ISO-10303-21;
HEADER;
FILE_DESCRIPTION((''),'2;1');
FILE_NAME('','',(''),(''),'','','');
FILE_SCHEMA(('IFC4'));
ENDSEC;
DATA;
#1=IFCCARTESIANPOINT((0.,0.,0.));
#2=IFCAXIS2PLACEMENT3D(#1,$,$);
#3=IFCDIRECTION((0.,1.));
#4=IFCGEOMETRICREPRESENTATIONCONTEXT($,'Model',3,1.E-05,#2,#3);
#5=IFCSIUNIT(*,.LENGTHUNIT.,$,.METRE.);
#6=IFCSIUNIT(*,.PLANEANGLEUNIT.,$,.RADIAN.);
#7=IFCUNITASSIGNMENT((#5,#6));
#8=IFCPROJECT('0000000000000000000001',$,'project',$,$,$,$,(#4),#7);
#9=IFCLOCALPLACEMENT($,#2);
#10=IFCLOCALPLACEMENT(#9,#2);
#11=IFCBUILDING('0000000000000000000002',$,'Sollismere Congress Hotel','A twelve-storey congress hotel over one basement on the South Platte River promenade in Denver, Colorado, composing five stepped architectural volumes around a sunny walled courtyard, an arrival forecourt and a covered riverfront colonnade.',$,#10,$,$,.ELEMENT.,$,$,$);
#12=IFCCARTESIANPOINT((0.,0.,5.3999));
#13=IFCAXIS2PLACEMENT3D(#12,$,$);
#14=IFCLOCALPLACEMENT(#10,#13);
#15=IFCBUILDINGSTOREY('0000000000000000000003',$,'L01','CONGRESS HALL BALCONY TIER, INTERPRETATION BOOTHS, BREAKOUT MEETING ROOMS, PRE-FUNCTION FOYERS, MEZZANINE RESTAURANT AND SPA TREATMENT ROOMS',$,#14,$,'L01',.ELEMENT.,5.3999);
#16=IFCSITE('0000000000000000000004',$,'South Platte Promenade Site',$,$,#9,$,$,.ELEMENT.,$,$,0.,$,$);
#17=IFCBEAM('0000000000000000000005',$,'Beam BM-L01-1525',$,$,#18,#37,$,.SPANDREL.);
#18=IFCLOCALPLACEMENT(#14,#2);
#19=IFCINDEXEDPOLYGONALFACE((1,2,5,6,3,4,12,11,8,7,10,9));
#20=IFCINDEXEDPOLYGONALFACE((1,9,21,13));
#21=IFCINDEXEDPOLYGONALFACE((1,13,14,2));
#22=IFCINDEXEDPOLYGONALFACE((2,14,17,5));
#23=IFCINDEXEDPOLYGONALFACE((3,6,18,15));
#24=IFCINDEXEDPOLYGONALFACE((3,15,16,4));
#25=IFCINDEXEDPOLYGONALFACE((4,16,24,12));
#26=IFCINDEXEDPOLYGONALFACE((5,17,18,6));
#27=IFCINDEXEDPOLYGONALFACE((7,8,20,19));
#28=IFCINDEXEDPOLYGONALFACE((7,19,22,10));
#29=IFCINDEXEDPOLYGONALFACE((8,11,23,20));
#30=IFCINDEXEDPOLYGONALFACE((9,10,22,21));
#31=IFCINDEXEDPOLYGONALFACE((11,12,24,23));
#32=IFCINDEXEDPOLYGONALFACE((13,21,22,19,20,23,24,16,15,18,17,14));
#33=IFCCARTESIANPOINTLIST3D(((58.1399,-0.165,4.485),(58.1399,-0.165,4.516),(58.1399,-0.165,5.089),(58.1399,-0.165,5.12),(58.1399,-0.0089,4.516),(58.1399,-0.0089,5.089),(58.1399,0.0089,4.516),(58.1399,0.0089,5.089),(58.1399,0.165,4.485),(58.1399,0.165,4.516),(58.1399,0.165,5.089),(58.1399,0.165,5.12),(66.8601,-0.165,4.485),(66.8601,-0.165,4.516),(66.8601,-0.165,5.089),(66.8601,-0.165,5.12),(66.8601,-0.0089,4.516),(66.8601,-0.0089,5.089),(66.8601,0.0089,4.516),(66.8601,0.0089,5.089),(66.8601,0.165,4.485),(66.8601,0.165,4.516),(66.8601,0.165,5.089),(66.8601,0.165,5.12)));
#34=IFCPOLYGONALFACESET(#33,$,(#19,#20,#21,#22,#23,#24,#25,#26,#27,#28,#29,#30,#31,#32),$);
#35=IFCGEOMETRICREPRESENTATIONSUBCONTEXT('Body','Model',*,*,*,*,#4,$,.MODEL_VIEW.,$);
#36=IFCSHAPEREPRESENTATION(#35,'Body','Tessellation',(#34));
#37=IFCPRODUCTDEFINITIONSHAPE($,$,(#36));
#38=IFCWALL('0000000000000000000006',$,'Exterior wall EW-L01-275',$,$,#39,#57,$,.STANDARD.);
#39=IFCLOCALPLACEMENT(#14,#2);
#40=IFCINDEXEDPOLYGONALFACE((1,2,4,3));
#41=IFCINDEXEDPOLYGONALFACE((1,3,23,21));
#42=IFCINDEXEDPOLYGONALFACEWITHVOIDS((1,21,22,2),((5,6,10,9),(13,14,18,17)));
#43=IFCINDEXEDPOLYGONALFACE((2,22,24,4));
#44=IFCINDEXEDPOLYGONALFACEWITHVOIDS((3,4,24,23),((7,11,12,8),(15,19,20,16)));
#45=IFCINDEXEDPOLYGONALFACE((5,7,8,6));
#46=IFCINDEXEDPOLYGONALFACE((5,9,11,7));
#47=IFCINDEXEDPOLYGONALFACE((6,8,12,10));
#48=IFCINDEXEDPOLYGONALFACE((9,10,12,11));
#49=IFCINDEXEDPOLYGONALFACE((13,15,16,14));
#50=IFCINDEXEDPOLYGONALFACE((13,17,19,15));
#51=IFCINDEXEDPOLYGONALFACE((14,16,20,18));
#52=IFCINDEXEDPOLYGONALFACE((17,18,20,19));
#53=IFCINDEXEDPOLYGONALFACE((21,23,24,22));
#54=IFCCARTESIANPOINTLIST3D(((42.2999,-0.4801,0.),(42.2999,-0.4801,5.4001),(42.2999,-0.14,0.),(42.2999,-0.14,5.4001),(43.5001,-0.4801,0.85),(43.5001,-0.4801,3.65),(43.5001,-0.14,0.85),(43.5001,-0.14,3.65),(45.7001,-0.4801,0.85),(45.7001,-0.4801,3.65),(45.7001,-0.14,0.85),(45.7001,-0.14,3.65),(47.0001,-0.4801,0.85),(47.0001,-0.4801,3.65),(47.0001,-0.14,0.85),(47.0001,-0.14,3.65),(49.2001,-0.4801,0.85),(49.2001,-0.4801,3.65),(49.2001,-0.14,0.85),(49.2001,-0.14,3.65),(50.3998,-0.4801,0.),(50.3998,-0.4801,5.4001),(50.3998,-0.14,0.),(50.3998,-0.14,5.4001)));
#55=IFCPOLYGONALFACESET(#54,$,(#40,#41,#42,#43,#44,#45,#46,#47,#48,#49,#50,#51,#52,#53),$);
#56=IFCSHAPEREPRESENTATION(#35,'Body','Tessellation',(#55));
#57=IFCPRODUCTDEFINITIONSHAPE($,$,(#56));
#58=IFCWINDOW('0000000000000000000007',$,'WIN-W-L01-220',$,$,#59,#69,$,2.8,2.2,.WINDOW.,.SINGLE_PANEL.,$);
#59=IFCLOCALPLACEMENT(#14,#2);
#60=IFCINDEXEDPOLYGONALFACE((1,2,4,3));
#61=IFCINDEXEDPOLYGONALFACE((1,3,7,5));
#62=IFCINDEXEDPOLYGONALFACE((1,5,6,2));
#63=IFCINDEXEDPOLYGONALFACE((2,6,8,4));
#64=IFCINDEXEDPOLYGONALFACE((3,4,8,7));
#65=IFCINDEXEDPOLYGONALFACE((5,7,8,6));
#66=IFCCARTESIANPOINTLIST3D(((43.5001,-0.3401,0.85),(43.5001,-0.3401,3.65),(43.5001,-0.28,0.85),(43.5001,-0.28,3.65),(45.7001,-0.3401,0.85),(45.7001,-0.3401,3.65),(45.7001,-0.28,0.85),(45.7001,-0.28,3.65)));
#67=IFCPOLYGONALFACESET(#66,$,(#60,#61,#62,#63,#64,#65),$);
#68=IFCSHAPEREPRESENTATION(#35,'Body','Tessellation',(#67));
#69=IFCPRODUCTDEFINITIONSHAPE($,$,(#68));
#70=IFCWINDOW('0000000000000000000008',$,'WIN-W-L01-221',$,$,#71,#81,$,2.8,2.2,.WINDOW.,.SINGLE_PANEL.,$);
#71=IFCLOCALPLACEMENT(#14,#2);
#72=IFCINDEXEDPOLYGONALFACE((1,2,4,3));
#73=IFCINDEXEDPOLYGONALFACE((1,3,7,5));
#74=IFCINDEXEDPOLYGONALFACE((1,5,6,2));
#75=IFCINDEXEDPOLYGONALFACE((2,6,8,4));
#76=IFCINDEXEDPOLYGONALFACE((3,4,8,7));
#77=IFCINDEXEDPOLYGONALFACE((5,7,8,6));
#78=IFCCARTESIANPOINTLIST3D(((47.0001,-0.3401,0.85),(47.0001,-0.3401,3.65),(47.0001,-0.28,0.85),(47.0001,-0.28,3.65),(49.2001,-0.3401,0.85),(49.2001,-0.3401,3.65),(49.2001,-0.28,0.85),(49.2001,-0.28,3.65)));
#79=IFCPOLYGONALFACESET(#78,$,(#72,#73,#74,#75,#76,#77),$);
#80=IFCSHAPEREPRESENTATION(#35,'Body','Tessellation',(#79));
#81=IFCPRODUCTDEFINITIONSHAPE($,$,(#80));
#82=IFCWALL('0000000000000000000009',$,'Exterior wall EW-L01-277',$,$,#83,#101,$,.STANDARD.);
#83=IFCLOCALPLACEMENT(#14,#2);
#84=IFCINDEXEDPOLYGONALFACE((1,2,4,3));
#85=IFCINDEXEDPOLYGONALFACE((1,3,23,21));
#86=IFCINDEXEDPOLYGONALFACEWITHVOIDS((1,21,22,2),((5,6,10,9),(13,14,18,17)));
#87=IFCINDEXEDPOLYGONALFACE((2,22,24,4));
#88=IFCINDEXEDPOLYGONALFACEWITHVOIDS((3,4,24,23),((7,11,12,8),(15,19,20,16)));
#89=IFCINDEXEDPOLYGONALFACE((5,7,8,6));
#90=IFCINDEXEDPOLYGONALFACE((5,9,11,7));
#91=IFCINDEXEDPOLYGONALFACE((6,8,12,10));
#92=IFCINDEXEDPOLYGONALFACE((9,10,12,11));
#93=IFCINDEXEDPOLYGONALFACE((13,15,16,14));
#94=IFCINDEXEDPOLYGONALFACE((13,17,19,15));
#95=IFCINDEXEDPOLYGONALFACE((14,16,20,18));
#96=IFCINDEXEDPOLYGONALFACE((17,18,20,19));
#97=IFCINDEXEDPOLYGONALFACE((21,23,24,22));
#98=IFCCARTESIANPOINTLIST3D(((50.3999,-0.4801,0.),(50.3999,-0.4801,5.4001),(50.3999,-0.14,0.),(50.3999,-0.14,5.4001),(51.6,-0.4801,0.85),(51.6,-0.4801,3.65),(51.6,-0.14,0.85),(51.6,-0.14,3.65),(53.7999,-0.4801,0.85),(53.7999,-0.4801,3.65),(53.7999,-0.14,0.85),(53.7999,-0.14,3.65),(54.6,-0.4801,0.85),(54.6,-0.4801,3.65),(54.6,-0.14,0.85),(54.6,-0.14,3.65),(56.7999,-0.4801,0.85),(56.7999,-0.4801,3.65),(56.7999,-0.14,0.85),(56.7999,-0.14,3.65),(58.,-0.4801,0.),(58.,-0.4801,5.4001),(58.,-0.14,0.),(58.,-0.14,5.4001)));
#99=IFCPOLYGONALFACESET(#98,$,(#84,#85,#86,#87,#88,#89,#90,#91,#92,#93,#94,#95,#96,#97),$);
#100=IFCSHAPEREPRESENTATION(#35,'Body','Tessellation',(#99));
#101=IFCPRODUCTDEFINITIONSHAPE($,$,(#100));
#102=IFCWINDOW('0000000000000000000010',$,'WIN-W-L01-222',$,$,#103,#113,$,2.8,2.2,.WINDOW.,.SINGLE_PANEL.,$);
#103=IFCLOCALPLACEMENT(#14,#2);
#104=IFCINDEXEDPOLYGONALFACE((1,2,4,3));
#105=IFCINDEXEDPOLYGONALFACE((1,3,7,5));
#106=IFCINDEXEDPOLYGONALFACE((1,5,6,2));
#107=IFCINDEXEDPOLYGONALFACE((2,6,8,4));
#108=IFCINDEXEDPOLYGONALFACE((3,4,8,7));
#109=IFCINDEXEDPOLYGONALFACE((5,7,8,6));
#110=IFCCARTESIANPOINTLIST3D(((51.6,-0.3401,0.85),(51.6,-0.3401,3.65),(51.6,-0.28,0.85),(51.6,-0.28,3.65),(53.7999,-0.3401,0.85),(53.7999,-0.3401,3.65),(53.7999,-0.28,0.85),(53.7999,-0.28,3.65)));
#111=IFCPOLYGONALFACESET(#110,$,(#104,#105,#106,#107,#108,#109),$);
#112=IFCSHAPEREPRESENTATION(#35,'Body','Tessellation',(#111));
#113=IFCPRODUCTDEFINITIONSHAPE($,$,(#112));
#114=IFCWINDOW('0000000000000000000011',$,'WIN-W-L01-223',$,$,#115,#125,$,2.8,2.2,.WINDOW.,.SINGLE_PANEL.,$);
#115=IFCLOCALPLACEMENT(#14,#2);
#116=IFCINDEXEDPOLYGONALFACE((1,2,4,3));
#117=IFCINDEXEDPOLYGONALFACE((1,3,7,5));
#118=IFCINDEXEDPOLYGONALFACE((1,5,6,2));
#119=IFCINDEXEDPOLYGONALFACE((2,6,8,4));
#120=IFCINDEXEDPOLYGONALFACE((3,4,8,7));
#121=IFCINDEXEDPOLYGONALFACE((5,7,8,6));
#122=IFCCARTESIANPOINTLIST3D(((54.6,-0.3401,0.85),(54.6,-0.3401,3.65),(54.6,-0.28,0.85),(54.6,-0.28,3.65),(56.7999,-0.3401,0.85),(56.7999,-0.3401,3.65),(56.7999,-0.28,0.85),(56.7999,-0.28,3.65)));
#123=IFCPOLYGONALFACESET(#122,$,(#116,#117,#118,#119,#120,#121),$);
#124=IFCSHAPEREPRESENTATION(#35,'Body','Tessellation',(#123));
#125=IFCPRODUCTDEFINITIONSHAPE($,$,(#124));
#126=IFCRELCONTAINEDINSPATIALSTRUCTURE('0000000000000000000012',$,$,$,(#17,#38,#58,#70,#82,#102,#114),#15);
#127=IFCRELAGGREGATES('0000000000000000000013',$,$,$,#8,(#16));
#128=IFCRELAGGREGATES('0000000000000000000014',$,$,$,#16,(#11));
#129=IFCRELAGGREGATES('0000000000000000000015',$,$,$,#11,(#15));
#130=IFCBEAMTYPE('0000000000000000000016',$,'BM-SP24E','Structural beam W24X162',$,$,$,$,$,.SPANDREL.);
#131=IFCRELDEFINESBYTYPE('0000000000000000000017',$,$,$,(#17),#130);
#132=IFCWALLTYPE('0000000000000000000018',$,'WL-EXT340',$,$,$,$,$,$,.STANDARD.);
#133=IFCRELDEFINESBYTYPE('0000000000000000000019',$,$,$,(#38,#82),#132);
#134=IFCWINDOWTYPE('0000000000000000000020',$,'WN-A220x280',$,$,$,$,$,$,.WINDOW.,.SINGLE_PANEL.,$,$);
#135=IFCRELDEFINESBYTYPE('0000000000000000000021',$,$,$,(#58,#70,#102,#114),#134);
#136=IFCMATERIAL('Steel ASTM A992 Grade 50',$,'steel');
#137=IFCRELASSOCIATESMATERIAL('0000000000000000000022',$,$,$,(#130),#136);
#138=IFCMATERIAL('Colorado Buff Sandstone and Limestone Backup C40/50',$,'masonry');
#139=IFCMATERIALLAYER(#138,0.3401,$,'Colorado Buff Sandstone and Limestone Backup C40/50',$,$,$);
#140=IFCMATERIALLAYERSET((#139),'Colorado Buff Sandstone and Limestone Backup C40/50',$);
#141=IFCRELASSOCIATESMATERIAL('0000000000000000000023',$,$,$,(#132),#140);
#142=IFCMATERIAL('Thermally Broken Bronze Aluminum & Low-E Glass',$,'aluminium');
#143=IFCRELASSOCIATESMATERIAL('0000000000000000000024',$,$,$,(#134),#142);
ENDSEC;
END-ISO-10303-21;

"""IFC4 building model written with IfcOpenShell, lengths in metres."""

from ifc_helpers import new_model, si_unit, direction, frame, frame_2d, origin, origin_2d, place, context, subcontext, project, spatial, rectangle, i_section, extrude, material, layer, layer_set, material_profile, profile_set, type_object, element, fill, save


model = new_model("IFC4")

# Units and contexts
model_context = context("Model", 3, precision=1e-05, world=origin(), true_north=direction((0.0, 1.0)))
body_context = subcontext(model_context, "Body", "Model", "MODEL_VIEW")
ifc_project = project(units=[si_unit("LENGTHUNIT", "METRE"), si_unit("PLANEANGLEUNIT", "RADIAN")], contexts=[model_context])

# Site, building, storey
site_placement = place(None, origin())
site = spatial("IfcSite", under=ifc_project, at=site_placement, Name="South Platte Promenade Site", CompositionType="ELEMENT", RefElevation=0.0)
building_placement = place(site_placement, origin())
building = spatial("IfcBuilding", under=site, at=building_placement, Name="Sollismere Congress Hotel", Description="A twelve-storey congress hotel over one basement on the South Platte River promenade in Denver, Colorado, composing five stepped architectural volumes around a sunny walled courtyard, an arrival forecourt and a covered riverfront colonnade.", CompositionType="ELEMENT")
storey_placement = place(building_placement, frame((0.0, 0.0, 5.3999)))
storey = spatial("IfcBuildingStorey", under=building, at=storey_placement, Name="L01", Description="CONGRESS HALL BALCONY TIER, INTERPRETATION BOOTHS, BREAKOUT MEETING ROOMS, PRE-FUNCTION FOYERS, MEZZANINE RESTAURANT AND SPA TREATMENT ROOMS", LongName="L01", CompositionType="ELEMENT", Elevation=5.3999)

# Shared definitions
ifc_material_1 = material(Name="Steel ASTM A992 Grade 50", Category="steel")

# Beam
ifc_material_profile_1 = material_profile(ifc_material_1, i_section(OverallWidth=0.3301, OverallDepth=0.635, WebThickness=0.0178, FlangeThickness=0.031, at=origin_2d()), Name="W24X162")
ifc_profile_set_1 = profile_set([ifc_material_profile_1], Name="Steel ASTM A992 Grade 50")
beam_type_1 = type_object("IfcBeamType", Name="BM-SP24E", Description="Structural beam W24X162", PredefinedType="SPANDREL", material=ifc_profile_set_1)
beam_1_placement = place(storey_placement, frame((58.1399, 0.0, 4.8025), z_axis=(1.0, 0.0, 0.0), x_axis=(0.0, 1.0, 0.0)))
element("IfcBeam", 1, at=beam_1_placement, inside=storey, type_object=beam_type_1, Name="Beam BM-L01-1525", PredefinedType="SPANDREL", context=body_context, shape_type="SweptSolid", body=[
    extrude(i_section(OverallWidth=0.3301, OverallDepth=0.635, WebThickness=0.0178, FlangeThickness=0.031, at=origin_2d()), origin(), (0.0, 0.0, 1.0), 8.7202),
])

# Walls, openings, windows
ifc_material_2 = material(Name="Colorado Buff Sandstone and Limestone Backup C40/50", Category="masonry")
ifc_layer_1 = layer(ifc_material_2, 0.3401, Name="Colorado Buff Sandstone and Limestone Backup C40/50")
ifc_layer_set_1 = layer_set([ifc_layer_1], Name="Colorado Buff Sandstone and Limestone Backup C40/50")
wall_type_1 = type_object("IfcWallType", Name="WL-EXT340", PredefinedType="STANDARD", material=ifc_layer_set_1)
wall_1_placement = place(storey_placement, frame((42.3, -0.3101, 0.0), z_axis=(0.0, 0.0, 1.0), x_axis=(1.0, 0.0, 0.0)))
wall_1 = element("IfcWall", 2, at=wall_1_placement, inside=storey, type_object=wall_type_1, Name="Exterior wall EW-L01-275", PredefinedType="STANDARD", context=body_context, shape_type="SweptSolid", body=[
    extrude(rectangle(XDim=8.0999, YDim=0.3401, at=frame_2d((4.0498, 0.0))), origin(), (0.0, 0.0, 1.0), 5.4001),
])
opening_1_placement = place(wall_1_placement, frame((1.2, 0.0, 0.8501)))
opening_1 = element("IfcOpeningElement", 3, at=opening_1_placement, cuts=wall_1, PredefinedType="OPENING", context=body_context, shape_type="SweptSolid", body=[
    extrude(rectangle(XDim=2.2, YDim=2.8, at=frame_2d((1.1001, 1.3999))), frame((0.0, 0.1799, 0.0), z_axis=(0.0, -1.0, 0.0), x_axis=(1.0, 0.0, 0.0)), (0.0, 0.0, 1.0), 0.3601),
])
opening_2_placement = place(wall_1_placement, frame((4.7, 0.0, 0.8501)))
opening_2 = element("IfcOpeningElement", 4, at=opening_2_placement, cuts=wall_1, PredefinedType="OPENING", context=body_context, shape_type="SweptSolid", body=[
    extrude(rectangle(XDim=2.2, YDim=2.8, at=frame_2d((1.1001, 1.3999))), frame((0.0, 0.1799, 0.0), z_axis=(0.0, -1.0, 0.0), x_axis=(1.0, 0.0, 0.0)), (0.0, 0.0, 1.0), 0.3601),
])
ifc_material_3 = material(Name="Thermally Broken Bronze Aluminum & Low-E Glass", Category="aluminium")
window_type = type_object("IfcWindowType", Name="WN-A220x280", PartitioningType="SINGLE_PANEL", PredefinedType="WINDOW", material=ifc_material_3)
window_1_placement = place(opening_1_placement, origin())
window_1 = element("IfcWindow", 5, at=window_1_placement, inside=storey, type_object=window_type, Name="WIN-W-L01-220", OverallHeight=2.8, OverallWidth=2.2, PartitioningType="SINGLE_PANEL", PredefinedType="WINDOW", context=body_context, shape_type="SweptSolid", body=[
    extrude(rectangle(XDim=2.2, YDim=2.8, at=frame_2d((1.1001, 1.3999))), frame((0.0, 0.03, 0.0), z_axis=(0.0, -1.0, 0.0), x_axis=(1.0, 0.0, 0.0)), (0.0, 0.0, 1.0), 0.0601),
])
fill(opening_1, window_1)
window_2_placement = place(opening_2_placement, origin())
window_2 = element("IfcWindow", 6, at=window_2_placement, inside=storey, type_object=window_type, Name="WIN-W-L01-221", OverallHeight=2.8, OverallWidth=2.2, PartitioningType="SINGLE_PANEL", PredefinedType="WINDOW", context=body_context, shape_type="SweptSolid", body=[
    extrude(rectangle(XDim=2.2, YDim=2.8, at=frame_2d((1.1001, 1.3999))), frame((0.0, 0.03, 0.0), z_axis=(0.0, -1.0, 0.0), x_axis=(1.0, 0.0, 0.0)), (0.0, 0.0, 1.0), 0.0601),
])
fill(opening_2, window_2)
wall_2_placement = place(storey_placement, frame((50.3999, -0.3101, 0.0), z_axis=(0.0, 0.0, 1.0), x_axis=(1.0, 0.0, 0.0)))
wall_2 = element("IfcWall", 7, at=wall_2_placement, inside=storey, type_object=wall_type_1, Name="Exterior wall EW-L01-277", PredefinedType="STANDARD", context=body_context, shape_type="SweptSolid", body=[
    extrude(rectangle(XDim=7.6001, YDim=0.3401, at=frame_2d((3.8, 0.0))), origin(), (0.0, 0.0, 1.0), 5.4001),
])
opening_3_placement = place(wall_2_placement, frame((1.2, 0.0, 0.8501)))
opening_3 = element("IfcOpeningElement", 8, at=opening_3_placement, cuts=wall_2, PredefinedType="OPENING", context=body_context, shape_type="SweptSolid", body=[
    extrude(rectangle(XDim=2.2, YDim=2.8, at=frame_2d((1.1001, 1.3999))), frame((0.0, 0.1799, 0.0), z_axis=(0.0, -1.0, 0.0), x_axis=(1.0, 0.0, 0.0)), (0.0, 0.0, 1.0), 0.3601),
])
opening_4_placement = place(wall_2_placement, frame((4.2, 0.0, 0.8501)))
opening_4 = element("IfcOpeningElement", 9, at=opening_4_placement, cuts=wall_2, PredefinedType="OPENING", context=body_context, shape_type="SweptSolid", body=[
    extrude(rectangle(XDim=2.2, YDim=2.8, at=frame_2d((1.1001, 1.3999))), frame((0.0, 0.1799, 0.0), z_axis=(0.0, -1.0, 0.0), x_axis=(1.0, 0.0, 0.0)), (0.0, 0.0, 1.0), 0.3601),
])
window_3_placement = place(opening_3_placement, origin())
window_3 = element("IfcWindow", 10, at=window_3_placement, inside=storey, type_object=window_type, Name="WIN-W-L01-222", OverallHeight=2.8, OverallWidth=2.2, PartitioningType="SINGLE_PANEL", PredefinedType="WINDOW", context=body_context, shape_type="SweptSolid", body=[
    extrude(rectangle(XDim=2.2, YDim=2.8, at=frame_2d((1.1001, 1.3999))), frame((0.0, 0.03, 0.0), z_axis=(0.0, -1.0, 0.0), x_axis=(1.0, 0.0, 0.0)), (0.0, 0.0, 1.0), 0.0601),
])
fill(opening_3, window_3)
window_4_placement = place(opening_4_placement, origin())
window_4 = element("IfcWindow", 11, at=window_4_placement, inside=storey, type_object=window_type, Name="WIN-W-L01-223", OverallHeight=2.8, OverallWidth=2.2, PartitioningType="SINGLE_PANEL", PredefinedType="WINDOW", context=body_context, shape_type="SweptSolid", body=[
    extrude(rectangle(XDim=2.2, YDim=2.8, at=frame_2d((1.1001, 1.3999))), frame((0.0, 0.03, 0.0), z_axis=(0.0, -1.0, 0.0), x_axis=(1.0, 0.0, 0.0)), (0.0, 0.0, 1.0), 0.0601),
])
fill(opening_4, window_4)

save(model, "model.ifc")
